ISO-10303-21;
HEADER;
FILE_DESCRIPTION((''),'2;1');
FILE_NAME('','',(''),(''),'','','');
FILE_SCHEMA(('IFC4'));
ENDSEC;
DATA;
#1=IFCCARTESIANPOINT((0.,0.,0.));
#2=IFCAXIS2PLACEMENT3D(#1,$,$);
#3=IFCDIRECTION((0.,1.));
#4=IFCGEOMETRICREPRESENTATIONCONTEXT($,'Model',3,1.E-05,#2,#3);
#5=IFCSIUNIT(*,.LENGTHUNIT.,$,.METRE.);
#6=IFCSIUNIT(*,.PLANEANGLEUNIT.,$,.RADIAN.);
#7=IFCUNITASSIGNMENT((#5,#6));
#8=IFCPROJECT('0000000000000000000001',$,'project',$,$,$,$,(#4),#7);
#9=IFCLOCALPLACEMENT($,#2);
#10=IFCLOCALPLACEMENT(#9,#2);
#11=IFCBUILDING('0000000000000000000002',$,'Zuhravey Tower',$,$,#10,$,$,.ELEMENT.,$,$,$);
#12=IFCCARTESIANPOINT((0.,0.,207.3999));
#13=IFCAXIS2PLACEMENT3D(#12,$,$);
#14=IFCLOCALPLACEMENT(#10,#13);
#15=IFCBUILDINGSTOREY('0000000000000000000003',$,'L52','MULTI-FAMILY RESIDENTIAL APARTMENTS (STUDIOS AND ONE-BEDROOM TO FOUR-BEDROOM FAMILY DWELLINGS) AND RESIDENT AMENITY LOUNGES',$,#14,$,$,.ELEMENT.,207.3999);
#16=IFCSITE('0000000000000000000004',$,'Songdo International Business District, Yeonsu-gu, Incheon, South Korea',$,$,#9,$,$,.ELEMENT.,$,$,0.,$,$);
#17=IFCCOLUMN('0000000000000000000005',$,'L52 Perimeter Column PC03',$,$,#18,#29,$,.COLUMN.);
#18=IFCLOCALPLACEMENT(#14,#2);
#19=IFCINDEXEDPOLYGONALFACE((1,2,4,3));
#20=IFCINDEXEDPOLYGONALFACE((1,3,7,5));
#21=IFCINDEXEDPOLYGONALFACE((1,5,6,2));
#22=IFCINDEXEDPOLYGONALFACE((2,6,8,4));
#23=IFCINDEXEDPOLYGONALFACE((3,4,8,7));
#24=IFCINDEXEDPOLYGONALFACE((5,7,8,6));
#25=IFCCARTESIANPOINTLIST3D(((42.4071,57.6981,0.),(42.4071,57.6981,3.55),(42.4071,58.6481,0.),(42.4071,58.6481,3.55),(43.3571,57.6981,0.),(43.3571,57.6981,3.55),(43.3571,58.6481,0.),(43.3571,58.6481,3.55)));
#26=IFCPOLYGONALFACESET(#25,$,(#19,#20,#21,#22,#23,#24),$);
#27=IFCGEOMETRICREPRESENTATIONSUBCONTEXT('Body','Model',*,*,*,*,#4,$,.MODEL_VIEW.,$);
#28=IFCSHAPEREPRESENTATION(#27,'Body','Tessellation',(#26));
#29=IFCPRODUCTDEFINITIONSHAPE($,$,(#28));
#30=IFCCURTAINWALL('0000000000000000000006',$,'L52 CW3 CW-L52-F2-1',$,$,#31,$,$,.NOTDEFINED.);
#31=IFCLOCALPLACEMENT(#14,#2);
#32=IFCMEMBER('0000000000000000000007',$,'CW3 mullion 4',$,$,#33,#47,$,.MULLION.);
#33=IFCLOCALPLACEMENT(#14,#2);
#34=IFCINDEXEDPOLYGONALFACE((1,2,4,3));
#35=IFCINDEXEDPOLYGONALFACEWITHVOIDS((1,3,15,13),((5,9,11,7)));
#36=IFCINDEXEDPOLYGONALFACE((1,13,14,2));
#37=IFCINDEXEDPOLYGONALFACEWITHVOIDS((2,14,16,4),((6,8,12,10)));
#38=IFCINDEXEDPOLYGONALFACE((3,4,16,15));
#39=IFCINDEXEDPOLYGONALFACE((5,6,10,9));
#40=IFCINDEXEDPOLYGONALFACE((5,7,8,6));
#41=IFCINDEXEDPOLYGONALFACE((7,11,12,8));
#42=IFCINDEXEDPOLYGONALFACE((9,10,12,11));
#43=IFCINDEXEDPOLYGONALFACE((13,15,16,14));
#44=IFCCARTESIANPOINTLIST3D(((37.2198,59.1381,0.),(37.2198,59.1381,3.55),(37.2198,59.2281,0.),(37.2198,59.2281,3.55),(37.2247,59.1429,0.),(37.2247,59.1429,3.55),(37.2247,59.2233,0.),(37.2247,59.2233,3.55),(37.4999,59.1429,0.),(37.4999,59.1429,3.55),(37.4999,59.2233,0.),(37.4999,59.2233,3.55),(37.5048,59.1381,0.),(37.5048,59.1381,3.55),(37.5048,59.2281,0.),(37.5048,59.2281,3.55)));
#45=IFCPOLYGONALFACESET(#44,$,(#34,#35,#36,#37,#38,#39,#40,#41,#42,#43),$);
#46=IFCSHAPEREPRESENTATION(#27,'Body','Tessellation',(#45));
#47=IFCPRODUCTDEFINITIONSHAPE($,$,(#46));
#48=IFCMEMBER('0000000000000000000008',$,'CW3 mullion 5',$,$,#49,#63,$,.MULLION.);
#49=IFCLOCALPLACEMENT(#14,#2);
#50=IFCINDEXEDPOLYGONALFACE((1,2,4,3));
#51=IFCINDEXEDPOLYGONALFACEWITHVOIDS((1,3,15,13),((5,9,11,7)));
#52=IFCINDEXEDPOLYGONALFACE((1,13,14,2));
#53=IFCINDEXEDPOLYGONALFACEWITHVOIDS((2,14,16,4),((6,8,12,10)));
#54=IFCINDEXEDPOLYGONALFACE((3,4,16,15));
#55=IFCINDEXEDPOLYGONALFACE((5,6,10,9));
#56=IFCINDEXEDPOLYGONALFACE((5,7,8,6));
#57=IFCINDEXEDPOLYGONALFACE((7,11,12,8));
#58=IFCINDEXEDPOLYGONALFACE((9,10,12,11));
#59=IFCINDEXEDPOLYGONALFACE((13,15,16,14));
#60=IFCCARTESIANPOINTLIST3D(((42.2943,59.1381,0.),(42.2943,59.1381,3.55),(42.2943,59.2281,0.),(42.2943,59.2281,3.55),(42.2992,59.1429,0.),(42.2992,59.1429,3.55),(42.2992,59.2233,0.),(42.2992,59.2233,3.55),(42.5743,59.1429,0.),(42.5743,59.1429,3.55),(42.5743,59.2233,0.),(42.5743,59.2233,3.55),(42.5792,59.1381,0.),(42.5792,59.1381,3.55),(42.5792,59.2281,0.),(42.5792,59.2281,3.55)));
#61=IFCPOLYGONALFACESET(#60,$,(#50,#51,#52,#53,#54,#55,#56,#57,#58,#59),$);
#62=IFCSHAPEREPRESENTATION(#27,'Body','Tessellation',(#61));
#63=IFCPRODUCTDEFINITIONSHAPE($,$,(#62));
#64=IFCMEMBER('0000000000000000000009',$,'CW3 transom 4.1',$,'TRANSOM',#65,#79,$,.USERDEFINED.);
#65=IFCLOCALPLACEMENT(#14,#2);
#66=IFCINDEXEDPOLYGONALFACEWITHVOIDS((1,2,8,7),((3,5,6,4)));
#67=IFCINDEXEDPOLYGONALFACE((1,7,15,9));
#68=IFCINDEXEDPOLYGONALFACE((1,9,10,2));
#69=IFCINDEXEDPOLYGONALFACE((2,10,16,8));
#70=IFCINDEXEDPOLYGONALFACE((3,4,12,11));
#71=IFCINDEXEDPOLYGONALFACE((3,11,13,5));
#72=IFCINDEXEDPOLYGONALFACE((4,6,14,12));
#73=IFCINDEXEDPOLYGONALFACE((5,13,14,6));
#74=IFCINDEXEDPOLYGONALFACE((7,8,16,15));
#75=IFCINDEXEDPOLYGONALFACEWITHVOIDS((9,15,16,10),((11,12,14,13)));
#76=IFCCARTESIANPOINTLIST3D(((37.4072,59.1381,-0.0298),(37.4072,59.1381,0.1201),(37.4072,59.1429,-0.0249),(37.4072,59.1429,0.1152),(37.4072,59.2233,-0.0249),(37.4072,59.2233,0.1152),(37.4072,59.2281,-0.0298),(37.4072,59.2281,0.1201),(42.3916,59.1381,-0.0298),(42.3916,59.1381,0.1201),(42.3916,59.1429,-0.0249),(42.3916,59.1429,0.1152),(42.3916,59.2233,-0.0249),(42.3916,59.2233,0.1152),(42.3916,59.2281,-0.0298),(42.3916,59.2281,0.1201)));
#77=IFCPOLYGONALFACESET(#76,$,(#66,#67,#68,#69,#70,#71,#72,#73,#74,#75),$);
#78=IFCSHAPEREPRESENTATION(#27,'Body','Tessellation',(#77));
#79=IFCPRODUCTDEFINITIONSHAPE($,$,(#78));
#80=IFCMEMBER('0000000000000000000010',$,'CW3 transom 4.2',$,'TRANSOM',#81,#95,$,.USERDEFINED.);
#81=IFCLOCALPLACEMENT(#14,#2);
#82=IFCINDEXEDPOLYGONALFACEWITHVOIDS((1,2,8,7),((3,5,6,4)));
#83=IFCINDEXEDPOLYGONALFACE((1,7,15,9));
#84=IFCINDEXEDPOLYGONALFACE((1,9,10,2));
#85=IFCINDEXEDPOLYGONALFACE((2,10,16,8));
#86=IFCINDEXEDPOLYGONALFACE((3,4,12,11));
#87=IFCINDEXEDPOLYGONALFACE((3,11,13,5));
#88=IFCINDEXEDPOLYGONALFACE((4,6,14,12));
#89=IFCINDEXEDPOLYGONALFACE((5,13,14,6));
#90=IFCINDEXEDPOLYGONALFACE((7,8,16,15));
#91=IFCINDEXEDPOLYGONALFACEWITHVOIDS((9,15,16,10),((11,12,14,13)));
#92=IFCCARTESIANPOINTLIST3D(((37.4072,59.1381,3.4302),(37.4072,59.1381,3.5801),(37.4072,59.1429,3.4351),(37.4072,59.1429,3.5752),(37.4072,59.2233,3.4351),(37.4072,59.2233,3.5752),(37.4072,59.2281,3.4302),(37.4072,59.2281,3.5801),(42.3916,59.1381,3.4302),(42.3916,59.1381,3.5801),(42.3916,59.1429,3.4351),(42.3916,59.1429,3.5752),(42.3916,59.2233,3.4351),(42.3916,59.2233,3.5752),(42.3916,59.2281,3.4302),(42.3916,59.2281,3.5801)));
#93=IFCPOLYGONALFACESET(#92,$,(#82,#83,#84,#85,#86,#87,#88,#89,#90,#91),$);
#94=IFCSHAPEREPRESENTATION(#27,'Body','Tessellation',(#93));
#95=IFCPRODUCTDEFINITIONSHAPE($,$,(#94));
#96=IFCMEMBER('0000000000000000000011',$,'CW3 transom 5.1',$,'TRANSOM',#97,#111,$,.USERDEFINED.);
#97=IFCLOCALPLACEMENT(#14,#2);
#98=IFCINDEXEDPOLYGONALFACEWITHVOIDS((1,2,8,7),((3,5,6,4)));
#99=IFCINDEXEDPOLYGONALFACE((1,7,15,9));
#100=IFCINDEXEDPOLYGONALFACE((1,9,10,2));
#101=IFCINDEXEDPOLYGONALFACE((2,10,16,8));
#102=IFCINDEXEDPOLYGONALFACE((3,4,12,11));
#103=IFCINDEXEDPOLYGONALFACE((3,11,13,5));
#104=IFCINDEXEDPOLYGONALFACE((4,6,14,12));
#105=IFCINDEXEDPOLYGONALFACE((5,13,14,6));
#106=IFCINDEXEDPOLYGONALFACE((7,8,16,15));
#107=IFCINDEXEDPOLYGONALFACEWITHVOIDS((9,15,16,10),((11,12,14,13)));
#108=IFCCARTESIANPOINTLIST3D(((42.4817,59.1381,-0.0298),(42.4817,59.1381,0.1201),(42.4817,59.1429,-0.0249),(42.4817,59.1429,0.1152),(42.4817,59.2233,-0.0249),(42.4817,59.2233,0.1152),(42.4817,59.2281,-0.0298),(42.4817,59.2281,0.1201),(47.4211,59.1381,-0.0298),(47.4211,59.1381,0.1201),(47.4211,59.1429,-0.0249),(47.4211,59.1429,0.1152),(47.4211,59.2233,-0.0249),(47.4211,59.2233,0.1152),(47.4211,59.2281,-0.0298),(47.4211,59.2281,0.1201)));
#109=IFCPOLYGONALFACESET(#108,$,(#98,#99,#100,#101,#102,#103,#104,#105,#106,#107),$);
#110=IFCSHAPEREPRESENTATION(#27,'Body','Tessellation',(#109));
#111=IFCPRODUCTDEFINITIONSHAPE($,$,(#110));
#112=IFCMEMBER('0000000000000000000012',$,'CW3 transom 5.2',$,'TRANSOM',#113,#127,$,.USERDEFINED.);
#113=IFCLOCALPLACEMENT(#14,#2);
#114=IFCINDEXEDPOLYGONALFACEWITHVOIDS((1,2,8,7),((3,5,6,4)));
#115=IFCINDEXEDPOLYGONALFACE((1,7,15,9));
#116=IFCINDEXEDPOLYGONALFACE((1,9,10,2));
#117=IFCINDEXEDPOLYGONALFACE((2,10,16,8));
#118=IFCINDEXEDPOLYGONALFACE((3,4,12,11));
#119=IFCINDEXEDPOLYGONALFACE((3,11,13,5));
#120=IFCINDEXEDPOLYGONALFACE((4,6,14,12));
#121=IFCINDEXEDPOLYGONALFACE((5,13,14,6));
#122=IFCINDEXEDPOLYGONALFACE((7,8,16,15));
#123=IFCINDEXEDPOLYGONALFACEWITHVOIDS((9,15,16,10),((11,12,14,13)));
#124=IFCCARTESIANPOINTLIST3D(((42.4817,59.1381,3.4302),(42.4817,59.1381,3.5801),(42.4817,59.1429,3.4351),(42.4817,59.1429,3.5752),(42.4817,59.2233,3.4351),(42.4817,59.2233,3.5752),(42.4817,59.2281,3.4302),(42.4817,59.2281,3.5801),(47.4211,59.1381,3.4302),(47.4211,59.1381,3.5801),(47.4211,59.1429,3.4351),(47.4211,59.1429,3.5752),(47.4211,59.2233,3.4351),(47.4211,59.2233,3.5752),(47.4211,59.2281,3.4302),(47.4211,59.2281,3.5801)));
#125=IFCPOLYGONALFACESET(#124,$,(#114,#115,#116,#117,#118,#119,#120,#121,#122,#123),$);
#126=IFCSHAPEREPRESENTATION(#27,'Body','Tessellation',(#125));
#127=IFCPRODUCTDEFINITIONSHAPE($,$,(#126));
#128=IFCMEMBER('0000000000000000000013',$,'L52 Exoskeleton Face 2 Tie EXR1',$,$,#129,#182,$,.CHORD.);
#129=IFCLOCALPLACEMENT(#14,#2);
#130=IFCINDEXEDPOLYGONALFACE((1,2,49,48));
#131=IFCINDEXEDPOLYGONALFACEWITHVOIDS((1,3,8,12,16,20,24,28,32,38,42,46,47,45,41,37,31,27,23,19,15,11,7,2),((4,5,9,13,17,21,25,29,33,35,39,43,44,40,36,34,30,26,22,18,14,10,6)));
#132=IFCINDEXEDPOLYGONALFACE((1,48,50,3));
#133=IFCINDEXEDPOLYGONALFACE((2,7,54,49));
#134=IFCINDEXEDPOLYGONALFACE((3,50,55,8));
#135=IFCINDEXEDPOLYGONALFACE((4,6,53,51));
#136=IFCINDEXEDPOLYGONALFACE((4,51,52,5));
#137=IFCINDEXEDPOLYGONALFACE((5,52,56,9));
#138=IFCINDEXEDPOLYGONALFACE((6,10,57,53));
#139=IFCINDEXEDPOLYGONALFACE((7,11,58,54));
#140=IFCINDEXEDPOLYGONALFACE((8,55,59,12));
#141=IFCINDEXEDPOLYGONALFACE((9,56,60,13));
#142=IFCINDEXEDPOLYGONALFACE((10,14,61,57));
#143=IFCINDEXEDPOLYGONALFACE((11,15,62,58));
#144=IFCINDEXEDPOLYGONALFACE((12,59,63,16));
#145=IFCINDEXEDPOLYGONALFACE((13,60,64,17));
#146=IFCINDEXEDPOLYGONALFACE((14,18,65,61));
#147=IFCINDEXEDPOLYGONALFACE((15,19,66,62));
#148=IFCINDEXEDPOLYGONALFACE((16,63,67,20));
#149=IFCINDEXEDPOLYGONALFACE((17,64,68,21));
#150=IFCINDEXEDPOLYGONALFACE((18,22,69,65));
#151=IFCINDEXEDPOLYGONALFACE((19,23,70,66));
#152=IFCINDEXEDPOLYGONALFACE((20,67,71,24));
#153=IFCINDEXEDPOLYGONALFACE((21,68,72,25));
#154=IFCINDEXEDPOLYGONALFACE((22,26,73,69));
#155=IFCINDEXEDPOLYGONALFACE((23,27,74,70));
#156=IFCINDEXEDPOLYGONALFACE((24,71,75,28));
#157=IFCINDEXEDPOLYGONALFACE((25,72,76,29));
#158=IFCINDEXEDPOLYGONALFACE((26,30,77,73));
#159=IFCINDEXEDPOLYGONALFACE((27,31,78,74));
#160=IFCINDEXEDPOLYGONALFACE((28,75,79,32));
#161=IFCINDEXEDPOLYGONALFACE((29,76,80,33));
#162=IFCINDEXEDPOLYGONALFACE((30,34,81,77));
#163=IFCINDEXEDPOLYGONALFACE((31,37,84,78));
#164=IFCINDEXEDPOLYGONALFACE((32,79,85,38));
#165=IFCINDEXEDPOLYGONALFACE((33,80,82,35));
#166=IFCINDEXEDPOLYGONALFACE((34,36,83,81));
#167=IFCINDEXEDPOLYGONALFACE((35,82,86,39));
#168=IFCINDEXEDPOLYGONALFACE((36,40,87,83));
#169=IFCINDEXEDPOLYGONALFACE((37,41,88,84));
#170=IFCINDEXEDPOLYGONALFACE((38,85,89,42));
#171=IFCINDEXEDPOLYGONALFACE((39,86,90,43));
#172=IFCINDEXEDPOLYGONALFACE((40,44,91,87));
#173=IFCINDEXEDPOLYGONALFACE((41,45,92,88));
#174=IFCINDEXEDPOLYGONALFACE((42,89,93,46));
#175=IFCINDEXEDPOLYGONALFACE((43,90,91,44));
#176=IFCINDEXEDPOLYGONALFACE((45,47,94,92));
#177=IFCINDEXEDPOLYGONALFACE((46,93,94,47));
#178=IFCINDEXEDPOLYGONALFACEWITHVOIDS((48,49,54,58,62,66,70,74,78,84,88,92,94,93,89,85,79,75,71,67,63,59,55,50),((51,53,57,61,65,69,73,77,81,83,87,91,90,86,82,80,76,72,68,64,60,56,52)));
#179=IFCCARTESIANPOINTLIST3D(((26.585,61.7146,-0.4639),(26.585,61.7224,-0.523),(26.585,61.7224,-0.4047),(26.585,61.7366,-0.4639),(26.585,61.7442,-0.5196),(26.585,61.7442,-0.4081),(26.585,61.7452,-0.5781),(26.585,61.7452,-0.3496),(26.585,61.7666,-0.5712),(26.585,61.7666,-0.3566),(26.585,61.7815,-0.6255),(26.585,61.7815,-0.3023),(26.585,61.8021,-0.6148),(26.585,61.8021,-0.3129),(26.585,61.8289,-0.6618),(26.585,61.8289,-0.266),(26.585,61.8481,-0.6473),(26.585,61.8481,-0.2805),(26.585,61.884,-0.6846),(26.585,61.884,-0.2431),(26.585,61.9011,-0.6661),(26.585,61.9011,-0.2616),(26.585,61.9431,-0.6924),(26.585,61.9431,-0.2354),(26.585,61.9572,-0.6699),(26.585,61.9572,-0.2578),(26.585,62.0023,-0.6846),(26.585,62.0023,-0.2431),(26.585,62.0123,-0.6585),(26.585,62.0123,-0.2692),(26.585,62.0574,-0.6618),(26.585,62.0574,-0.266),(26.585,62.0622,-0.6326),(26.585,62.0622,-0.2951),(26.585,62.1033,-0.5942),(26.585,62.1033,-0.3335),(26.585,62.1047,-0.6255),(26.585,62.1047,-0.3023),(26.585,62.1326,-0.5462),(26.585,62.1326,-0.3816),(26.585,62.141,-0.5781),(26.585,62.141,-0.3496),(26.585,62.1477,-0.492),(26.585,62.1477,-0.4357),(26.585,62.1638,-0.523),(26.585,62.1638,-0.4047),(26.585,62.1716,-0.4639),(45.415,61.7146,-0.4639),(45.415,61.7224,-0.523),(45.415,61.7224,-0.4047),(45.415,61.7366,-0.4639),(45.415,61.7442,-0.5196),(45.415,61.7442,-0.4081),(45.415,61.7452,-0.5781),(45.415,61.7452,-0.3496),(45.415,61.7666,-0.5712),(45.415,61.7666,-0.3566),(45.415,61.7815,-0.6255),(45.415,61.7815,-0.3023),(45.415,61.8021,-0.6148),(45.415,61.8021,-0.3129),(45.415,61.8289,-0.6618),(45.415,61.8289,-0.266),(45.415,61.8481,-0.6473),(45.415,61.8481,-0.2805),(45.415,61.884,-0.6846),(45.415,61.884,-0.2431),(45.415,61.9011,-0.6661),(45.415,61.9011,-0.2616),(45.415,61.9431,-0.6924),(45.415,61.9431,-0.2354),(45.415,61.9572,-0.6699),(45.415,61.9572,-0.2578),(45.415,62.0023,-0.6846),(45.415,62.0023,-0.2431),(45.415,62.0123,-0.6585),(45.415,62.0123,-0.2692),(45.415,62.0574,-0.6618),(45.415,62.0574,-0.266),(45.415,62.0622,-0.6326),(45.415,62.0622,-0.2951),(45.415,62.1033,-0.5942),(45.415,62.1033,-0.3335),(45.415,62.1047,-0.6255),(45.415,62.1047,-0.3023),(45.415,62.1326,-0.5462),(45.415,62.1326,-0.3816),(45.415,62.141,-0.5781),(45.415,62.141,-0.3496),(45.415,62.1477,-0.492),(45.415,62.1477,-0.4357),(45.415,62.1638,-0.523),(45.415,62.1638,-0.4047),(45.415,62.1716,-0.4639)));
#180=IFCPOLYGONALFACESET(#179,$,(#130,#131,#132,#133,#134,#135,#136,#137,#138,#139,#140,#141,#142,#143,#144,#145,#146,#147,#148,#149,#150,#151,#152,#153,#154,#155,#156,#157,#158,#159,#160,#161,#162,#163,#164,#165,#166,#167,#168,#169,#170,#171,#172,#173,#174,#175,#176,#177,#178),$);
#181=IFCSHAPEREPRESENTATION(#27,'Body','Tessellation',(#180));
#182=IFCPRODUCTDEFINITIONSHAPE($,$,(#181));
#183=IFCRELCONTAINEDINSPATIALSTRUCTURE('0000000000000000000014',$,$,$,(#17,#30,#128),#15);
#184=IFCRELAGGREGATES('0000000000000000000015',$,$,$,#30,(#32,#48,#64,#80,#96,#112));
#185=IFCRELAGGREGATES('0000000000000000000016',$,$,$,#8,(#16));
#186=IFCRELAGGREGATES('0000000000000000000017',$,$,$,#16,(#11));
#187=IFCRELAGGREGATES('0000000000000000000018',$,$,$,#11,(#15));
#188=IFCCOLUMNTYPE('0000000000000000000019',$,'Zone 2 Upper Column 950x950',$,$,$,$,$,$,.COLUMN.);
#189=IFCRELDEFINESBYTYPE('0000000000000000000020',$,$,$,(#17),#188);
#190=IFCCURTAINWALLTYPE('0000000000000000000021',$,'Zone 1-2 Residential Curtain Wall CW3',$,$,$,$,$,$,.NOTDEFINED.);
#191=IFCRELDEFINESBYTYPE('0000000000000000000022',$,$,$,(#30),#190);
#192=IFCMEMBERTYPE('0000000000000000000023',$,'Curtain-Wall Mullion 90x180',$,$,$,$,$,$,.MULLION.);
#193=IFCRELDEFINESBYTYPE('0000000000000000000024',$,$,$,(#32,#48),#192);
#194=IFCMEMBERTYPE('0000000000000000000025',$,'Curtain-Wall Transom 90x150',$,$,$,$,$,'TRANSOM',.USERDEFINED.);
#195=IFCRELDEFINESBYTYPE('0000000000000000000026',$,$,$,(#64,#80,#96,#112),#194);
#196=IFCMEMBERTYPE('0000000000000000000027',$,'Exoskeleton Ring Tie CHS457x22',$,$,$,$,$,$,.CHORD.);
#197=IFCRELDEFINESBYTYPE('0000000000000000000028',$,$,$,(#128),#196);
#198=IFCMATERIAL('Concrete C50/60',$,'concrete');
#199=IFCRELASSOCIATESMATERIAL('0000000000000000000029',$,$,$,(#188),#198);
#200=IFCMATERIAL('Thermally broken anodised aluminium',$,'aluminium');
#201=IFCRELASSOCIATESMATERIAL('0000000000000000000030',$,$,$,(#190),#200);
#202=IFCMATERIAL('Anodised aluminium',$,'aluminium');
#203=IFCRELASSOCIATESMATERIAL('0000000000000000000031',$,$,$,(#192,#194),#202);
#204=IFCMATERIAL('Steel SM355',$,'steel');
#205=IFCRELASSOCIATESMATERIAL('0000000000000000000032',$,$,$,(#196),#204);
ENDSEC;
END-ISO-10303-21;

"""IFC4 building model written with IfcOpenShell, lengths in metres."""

from ifc_helpers import new_model, si_unit, direction, frame, origin, origin_2d, place, context, subcontext, project, spatial, rectangle, hollow_rectangle, hollow_circle, extrude, material, material_profile, profile_set, type_object, element, aggregate, save


model = new_model("IFC4")

# Units and contexts
model_context = context("Model", 3, precision=1e-05, world=origin(), true_north=direction((0.0, 1.0)))
body_context = subcontext(model_context, "Body", "Model", "MODEL_VIEW")
ifc_project = project(units=[si_unit("LENGTHUNIT", "METRE"), si_unit("PLANEANGLEUNIT", "RADIAN")], contexts=[model_context])

# Site, building, storey
site_placement = place(None, origin())
site = spatial("IfcSite", under=ifc_project, at=site_placement, Name="Songdo International Business District, Yeonsu-gu, Incheon, South Korea", CompositionType="ELEMENT", RefElevation=0.0)
building_placement = place(site_placement, origin())
building = spatial("IfcBuilding", under=site, at=building_placement, Name="Zuhravey Tower", CompositionType="ELEMENT")
storey_placement = place(building_placement, frame((0.0, 0.0, 207.3999)))
storey = spatial("IfcBuildingStorey", under=building, at=storey_placement, Name="L52", Description="MULTI-FAMILY RESIDENTIAL APARTMENTS (STUDIOS AND ONE-BEDROOM TO FOUR-BEDROOM FAMILY DWELLINGS) AND RESIDENT AMENITY LOUNGES", CompositionType="ELEMENT", Elevation=207.3999)

# Column
ifc_material_1 = material(Name="Concrete C50/60", Category="concrete")
ifc_material_profile_1 = material_profile(ifc_material_1, rectangle(XDim=0.95, YDim=0.95, at=origin_2d()), Name="RC-950x950")
ifc_profile_set_1 = profile_set([ifc_material_profile_1], Name="Concrete C50/60")
column_type = type_object("IfcColumnType", Name="Zone 2 Upper Column 950x950", PredefinedType="COLUMN", material=ifc_profile_set_1)
column_placement = place(storey_placement, frame((42.8821, 58.1731, 0.0), z_axis=(0.0, 0.0, 1.0), x_axis=(-1.0, 0.0, 0.0)))
element("IfcColumn", 1, at=column_placement, inside=storey, type_object=column_type, Name="L52 Perimeter Column PC03", PredefinedType="COLUMN", context=body_context, shape_type="SweptSolid", body=[
    extrude(rectangle(XDim=0.95, YDim=0.95, at=origin_2d()), origin(), (0.0, 0.0, 1.0), 3.55),
])

# Curtain wall, members
ifc_material_2 = material(Name="Thermally broken anodised aluminium", Category="aluminium")
curtain_wall_type = type_object("IfcCurtainWallType", Name="Zone 1-2 Residential Curtain Wall CW3", PredefinedType="NOTDEFINED", material=ifc_material_2)
curtain_wall_placement = place(storey_placement, origin())
curtain_wall = element("IfcCurtainWall", 2, at=curtain_wall_placement, inside=storey, type_object=curtain_wall_type, Name="L52 CW3 CW-L52-F2-1", PredefinedType="NOTDEFINED")
ifc_material_3 = material(Name="Anodised aluminium", Category="aluminium")
ifc_material_profile_2 = material_profile(ifc_material_3, hollow_rectangle(XDim=0.0901, YDim=0.2849, WallThickness=0.0049, at=origin_2d()), Name="ALU-RHS-90x285x5")
ifc_profile_set_2 = profile_set([ifc_material_profile_2], Name="Anodised aluminium")
member_type_1 = type_object("IfcMemberType", Name="Curtain-Wall Mullion 90x180", PredefinedType="MULLION", material=ifc_profile_set_2)
member_1_placement = place(storey_placement, frame((37.3623, 59.1831, 0.0), z_axis=(0.0, 0.0, 1.0), x_axis=(0.0, 1.0, 0.0)))
member_1 = element("IfcMember", 3, at=member_1_placement, type_object=member_type_1, Name="CW3 mullion 4", PredefinedType="MULLION", context=body_context, shape_type="SweptSolid", body=[
    extrude(hollow_rectangle(XDim=0.0901, YDim=0.2849, WallThickness=0.0049, at=origin_2d()), origin(), (0.0, 0.0, 1.0), 3.55),
])
member_2_placement = place(storey_placement, frame((42.4368, 59.1831, 0.0), z_axis=(0.0, 0.0, 1.0), x_axis=(0.0, 1.0, 0.0)))
member_2 = element("IfcMember", 4, at=member_2_placement, type_object=member_type_1, Name="CW3 mullion 5", PredefinedType="MULLION", context=body_context, shape_type="SweptSolid", body=[
    extrude(hollow_rectangle(XDim=0.0901, YDim=0.2849, WallThickness=0.0049, at=origin_2d()), origin(), (0.0, 0.0, 1.0), 3.55),
])
ifc_material_profile_3 = material_profile(ifc_material_3, hollow_rectangle(XDim=0.0901, YDim=0.1499, WallThickness=0.0049, at=origin_2d()), Name="ALU-RHS-90x150x5")
ifc_profile_set_3 = profile_set([ifc_material_profile_3], Name="Anodised aluminium")
member_type_2 = type_object("IfcMemberType", Name="Curtain-Wall Transom 90x150", ElementType="TRANSOM", PredefinedType="USERDEFINED", material=ifc_profile_set_3)
member_3_placement = place(storey_placement, frame((37.4072, 59.1831, 0.0452), z_axis=(1.0, 0.0, 0.0), x_axis=(0.0, 1.0, 0.0)))
member_3 = element("IfcMember", 5, at=member_3_placement, type_object=member_type_2, Name="CW3 transom 4.1", ObjectType="TRANSOM", PredefinedType="USERDEFINED", context=body_context, shape_type="SweptSolid", body=[
    extrude(hollow_rectangle(XDim=0.0901, YDim=0.1499, WallThickness=0.0049, at=origin_2d()), origin(), (0.0, 0.0, 1.0), 4.9844),
])
member_4_placement = place(storey_placement, frame((37.4072, 59.1831, 3.5051), z_axis=(1.0, 0.0, 0.0), x_axis=(0.0, 1.0, 0.0)))
member_4 = element("IfcMember", 6, at=member_4_placement, type_object=member_type_2, Name="CW3 transom 4.2", ObjectType="TRANSOM", PredefinedType="USERDEFINED", context=body_context, shape_type="SweptSolid", body=[
    extrude(hollow_rectangle(XDim=0.0901, YDim=0.1499, WallThickness=0.0049, at=origin_2d()), origin(), (0.0, 0.0, 1.0), 4.9844),
])
member_5_placement = place(storey_placement, frame((42.4817, 59.1831, 0.0452), z_axis=(1.0, 0.0, 0.0), x_axis=(0.0, 1.0, 0.0)))
member_5 = element("IfcMember", 7, at=member_5_placement, type_object=member_type_2, Name="CW3 transom 5.1", ObjectType="TRANSOM", PredefinedType="USERDEFINED", context=body_context, shape_type="SweptSolid", body=[
    extrude(hollow_rectangle(XDim=0.0901, YDim=0.1499, WallThickness=0.0049, at=origin_2d()), origin(), (0.0, 0.0, 1.0), 4.9395),
])
member_6_placement = place(storey_placement, frame((42.4817, 59.1831, 3.5051), z_axis=(1.0, 0.0, 0.0), x_axis=(0.0, 1.0, 0.0)))
member_6 = element("IfcMember", 8, at=member_6_placement, type_object=member_type_2, Name="CW3 transom 5.2", ObjectType="TRANSOM", PredefinedType="USERDEFINED", context=body_context, shape_type="SweptSolid", body=[
    extrude(hollow_rectangle(XDim=0.0901, YDim=0.1499, WallThickness=0.0049, at=origin_2d()), origin(), (0.0, 0.0, 1.0), 4.9395),
])

# Member
ifc_material_4 = material(Name="Steel SM355", Category="steel")
ifc_material_profile_4 = material_profile(ifc_material_4, hollow_circle(Radius=0.2285, WallThickness=0.022, at=origin_2d()), Name="CHS-457.2x22")
ifc_profile_set_4 = profile_set([ifc_material_profile_4], Name="Steel SM355")
member_type_3 = type_object("IfcMemberType", Name="Exoskeleton Ring Tie CHS457x22", PredefinedType="CHORD", material=ifc_profile_set_4)
member_7_placement = place(storey_placement, frame((45.415, 61.9431, -0.4639), z_axis=(-1.0, 0.0, 0.0), x_axis=(0.0, -1.0, 0.0)))
element("IfcMember", 9, at=member_7_placement, inside=storey, type_object=member_type_3, Name="L52 Exoskeleton Face 2 Tie EXR1", PredefinedType="CHORD", context=body_context, shape_type="SweptSolid", body=[
    extrude(hollow_circle(Radius=0.2285, WallThickness=0.022, at=origin_2d()), origin(), (0.0, 0.0, 1.0), 18.8301),
])

aggregate(curtain_wall, [member_1, member_2, member_3, member_4, member_5, member_6])

save(model, "model.ifc")
